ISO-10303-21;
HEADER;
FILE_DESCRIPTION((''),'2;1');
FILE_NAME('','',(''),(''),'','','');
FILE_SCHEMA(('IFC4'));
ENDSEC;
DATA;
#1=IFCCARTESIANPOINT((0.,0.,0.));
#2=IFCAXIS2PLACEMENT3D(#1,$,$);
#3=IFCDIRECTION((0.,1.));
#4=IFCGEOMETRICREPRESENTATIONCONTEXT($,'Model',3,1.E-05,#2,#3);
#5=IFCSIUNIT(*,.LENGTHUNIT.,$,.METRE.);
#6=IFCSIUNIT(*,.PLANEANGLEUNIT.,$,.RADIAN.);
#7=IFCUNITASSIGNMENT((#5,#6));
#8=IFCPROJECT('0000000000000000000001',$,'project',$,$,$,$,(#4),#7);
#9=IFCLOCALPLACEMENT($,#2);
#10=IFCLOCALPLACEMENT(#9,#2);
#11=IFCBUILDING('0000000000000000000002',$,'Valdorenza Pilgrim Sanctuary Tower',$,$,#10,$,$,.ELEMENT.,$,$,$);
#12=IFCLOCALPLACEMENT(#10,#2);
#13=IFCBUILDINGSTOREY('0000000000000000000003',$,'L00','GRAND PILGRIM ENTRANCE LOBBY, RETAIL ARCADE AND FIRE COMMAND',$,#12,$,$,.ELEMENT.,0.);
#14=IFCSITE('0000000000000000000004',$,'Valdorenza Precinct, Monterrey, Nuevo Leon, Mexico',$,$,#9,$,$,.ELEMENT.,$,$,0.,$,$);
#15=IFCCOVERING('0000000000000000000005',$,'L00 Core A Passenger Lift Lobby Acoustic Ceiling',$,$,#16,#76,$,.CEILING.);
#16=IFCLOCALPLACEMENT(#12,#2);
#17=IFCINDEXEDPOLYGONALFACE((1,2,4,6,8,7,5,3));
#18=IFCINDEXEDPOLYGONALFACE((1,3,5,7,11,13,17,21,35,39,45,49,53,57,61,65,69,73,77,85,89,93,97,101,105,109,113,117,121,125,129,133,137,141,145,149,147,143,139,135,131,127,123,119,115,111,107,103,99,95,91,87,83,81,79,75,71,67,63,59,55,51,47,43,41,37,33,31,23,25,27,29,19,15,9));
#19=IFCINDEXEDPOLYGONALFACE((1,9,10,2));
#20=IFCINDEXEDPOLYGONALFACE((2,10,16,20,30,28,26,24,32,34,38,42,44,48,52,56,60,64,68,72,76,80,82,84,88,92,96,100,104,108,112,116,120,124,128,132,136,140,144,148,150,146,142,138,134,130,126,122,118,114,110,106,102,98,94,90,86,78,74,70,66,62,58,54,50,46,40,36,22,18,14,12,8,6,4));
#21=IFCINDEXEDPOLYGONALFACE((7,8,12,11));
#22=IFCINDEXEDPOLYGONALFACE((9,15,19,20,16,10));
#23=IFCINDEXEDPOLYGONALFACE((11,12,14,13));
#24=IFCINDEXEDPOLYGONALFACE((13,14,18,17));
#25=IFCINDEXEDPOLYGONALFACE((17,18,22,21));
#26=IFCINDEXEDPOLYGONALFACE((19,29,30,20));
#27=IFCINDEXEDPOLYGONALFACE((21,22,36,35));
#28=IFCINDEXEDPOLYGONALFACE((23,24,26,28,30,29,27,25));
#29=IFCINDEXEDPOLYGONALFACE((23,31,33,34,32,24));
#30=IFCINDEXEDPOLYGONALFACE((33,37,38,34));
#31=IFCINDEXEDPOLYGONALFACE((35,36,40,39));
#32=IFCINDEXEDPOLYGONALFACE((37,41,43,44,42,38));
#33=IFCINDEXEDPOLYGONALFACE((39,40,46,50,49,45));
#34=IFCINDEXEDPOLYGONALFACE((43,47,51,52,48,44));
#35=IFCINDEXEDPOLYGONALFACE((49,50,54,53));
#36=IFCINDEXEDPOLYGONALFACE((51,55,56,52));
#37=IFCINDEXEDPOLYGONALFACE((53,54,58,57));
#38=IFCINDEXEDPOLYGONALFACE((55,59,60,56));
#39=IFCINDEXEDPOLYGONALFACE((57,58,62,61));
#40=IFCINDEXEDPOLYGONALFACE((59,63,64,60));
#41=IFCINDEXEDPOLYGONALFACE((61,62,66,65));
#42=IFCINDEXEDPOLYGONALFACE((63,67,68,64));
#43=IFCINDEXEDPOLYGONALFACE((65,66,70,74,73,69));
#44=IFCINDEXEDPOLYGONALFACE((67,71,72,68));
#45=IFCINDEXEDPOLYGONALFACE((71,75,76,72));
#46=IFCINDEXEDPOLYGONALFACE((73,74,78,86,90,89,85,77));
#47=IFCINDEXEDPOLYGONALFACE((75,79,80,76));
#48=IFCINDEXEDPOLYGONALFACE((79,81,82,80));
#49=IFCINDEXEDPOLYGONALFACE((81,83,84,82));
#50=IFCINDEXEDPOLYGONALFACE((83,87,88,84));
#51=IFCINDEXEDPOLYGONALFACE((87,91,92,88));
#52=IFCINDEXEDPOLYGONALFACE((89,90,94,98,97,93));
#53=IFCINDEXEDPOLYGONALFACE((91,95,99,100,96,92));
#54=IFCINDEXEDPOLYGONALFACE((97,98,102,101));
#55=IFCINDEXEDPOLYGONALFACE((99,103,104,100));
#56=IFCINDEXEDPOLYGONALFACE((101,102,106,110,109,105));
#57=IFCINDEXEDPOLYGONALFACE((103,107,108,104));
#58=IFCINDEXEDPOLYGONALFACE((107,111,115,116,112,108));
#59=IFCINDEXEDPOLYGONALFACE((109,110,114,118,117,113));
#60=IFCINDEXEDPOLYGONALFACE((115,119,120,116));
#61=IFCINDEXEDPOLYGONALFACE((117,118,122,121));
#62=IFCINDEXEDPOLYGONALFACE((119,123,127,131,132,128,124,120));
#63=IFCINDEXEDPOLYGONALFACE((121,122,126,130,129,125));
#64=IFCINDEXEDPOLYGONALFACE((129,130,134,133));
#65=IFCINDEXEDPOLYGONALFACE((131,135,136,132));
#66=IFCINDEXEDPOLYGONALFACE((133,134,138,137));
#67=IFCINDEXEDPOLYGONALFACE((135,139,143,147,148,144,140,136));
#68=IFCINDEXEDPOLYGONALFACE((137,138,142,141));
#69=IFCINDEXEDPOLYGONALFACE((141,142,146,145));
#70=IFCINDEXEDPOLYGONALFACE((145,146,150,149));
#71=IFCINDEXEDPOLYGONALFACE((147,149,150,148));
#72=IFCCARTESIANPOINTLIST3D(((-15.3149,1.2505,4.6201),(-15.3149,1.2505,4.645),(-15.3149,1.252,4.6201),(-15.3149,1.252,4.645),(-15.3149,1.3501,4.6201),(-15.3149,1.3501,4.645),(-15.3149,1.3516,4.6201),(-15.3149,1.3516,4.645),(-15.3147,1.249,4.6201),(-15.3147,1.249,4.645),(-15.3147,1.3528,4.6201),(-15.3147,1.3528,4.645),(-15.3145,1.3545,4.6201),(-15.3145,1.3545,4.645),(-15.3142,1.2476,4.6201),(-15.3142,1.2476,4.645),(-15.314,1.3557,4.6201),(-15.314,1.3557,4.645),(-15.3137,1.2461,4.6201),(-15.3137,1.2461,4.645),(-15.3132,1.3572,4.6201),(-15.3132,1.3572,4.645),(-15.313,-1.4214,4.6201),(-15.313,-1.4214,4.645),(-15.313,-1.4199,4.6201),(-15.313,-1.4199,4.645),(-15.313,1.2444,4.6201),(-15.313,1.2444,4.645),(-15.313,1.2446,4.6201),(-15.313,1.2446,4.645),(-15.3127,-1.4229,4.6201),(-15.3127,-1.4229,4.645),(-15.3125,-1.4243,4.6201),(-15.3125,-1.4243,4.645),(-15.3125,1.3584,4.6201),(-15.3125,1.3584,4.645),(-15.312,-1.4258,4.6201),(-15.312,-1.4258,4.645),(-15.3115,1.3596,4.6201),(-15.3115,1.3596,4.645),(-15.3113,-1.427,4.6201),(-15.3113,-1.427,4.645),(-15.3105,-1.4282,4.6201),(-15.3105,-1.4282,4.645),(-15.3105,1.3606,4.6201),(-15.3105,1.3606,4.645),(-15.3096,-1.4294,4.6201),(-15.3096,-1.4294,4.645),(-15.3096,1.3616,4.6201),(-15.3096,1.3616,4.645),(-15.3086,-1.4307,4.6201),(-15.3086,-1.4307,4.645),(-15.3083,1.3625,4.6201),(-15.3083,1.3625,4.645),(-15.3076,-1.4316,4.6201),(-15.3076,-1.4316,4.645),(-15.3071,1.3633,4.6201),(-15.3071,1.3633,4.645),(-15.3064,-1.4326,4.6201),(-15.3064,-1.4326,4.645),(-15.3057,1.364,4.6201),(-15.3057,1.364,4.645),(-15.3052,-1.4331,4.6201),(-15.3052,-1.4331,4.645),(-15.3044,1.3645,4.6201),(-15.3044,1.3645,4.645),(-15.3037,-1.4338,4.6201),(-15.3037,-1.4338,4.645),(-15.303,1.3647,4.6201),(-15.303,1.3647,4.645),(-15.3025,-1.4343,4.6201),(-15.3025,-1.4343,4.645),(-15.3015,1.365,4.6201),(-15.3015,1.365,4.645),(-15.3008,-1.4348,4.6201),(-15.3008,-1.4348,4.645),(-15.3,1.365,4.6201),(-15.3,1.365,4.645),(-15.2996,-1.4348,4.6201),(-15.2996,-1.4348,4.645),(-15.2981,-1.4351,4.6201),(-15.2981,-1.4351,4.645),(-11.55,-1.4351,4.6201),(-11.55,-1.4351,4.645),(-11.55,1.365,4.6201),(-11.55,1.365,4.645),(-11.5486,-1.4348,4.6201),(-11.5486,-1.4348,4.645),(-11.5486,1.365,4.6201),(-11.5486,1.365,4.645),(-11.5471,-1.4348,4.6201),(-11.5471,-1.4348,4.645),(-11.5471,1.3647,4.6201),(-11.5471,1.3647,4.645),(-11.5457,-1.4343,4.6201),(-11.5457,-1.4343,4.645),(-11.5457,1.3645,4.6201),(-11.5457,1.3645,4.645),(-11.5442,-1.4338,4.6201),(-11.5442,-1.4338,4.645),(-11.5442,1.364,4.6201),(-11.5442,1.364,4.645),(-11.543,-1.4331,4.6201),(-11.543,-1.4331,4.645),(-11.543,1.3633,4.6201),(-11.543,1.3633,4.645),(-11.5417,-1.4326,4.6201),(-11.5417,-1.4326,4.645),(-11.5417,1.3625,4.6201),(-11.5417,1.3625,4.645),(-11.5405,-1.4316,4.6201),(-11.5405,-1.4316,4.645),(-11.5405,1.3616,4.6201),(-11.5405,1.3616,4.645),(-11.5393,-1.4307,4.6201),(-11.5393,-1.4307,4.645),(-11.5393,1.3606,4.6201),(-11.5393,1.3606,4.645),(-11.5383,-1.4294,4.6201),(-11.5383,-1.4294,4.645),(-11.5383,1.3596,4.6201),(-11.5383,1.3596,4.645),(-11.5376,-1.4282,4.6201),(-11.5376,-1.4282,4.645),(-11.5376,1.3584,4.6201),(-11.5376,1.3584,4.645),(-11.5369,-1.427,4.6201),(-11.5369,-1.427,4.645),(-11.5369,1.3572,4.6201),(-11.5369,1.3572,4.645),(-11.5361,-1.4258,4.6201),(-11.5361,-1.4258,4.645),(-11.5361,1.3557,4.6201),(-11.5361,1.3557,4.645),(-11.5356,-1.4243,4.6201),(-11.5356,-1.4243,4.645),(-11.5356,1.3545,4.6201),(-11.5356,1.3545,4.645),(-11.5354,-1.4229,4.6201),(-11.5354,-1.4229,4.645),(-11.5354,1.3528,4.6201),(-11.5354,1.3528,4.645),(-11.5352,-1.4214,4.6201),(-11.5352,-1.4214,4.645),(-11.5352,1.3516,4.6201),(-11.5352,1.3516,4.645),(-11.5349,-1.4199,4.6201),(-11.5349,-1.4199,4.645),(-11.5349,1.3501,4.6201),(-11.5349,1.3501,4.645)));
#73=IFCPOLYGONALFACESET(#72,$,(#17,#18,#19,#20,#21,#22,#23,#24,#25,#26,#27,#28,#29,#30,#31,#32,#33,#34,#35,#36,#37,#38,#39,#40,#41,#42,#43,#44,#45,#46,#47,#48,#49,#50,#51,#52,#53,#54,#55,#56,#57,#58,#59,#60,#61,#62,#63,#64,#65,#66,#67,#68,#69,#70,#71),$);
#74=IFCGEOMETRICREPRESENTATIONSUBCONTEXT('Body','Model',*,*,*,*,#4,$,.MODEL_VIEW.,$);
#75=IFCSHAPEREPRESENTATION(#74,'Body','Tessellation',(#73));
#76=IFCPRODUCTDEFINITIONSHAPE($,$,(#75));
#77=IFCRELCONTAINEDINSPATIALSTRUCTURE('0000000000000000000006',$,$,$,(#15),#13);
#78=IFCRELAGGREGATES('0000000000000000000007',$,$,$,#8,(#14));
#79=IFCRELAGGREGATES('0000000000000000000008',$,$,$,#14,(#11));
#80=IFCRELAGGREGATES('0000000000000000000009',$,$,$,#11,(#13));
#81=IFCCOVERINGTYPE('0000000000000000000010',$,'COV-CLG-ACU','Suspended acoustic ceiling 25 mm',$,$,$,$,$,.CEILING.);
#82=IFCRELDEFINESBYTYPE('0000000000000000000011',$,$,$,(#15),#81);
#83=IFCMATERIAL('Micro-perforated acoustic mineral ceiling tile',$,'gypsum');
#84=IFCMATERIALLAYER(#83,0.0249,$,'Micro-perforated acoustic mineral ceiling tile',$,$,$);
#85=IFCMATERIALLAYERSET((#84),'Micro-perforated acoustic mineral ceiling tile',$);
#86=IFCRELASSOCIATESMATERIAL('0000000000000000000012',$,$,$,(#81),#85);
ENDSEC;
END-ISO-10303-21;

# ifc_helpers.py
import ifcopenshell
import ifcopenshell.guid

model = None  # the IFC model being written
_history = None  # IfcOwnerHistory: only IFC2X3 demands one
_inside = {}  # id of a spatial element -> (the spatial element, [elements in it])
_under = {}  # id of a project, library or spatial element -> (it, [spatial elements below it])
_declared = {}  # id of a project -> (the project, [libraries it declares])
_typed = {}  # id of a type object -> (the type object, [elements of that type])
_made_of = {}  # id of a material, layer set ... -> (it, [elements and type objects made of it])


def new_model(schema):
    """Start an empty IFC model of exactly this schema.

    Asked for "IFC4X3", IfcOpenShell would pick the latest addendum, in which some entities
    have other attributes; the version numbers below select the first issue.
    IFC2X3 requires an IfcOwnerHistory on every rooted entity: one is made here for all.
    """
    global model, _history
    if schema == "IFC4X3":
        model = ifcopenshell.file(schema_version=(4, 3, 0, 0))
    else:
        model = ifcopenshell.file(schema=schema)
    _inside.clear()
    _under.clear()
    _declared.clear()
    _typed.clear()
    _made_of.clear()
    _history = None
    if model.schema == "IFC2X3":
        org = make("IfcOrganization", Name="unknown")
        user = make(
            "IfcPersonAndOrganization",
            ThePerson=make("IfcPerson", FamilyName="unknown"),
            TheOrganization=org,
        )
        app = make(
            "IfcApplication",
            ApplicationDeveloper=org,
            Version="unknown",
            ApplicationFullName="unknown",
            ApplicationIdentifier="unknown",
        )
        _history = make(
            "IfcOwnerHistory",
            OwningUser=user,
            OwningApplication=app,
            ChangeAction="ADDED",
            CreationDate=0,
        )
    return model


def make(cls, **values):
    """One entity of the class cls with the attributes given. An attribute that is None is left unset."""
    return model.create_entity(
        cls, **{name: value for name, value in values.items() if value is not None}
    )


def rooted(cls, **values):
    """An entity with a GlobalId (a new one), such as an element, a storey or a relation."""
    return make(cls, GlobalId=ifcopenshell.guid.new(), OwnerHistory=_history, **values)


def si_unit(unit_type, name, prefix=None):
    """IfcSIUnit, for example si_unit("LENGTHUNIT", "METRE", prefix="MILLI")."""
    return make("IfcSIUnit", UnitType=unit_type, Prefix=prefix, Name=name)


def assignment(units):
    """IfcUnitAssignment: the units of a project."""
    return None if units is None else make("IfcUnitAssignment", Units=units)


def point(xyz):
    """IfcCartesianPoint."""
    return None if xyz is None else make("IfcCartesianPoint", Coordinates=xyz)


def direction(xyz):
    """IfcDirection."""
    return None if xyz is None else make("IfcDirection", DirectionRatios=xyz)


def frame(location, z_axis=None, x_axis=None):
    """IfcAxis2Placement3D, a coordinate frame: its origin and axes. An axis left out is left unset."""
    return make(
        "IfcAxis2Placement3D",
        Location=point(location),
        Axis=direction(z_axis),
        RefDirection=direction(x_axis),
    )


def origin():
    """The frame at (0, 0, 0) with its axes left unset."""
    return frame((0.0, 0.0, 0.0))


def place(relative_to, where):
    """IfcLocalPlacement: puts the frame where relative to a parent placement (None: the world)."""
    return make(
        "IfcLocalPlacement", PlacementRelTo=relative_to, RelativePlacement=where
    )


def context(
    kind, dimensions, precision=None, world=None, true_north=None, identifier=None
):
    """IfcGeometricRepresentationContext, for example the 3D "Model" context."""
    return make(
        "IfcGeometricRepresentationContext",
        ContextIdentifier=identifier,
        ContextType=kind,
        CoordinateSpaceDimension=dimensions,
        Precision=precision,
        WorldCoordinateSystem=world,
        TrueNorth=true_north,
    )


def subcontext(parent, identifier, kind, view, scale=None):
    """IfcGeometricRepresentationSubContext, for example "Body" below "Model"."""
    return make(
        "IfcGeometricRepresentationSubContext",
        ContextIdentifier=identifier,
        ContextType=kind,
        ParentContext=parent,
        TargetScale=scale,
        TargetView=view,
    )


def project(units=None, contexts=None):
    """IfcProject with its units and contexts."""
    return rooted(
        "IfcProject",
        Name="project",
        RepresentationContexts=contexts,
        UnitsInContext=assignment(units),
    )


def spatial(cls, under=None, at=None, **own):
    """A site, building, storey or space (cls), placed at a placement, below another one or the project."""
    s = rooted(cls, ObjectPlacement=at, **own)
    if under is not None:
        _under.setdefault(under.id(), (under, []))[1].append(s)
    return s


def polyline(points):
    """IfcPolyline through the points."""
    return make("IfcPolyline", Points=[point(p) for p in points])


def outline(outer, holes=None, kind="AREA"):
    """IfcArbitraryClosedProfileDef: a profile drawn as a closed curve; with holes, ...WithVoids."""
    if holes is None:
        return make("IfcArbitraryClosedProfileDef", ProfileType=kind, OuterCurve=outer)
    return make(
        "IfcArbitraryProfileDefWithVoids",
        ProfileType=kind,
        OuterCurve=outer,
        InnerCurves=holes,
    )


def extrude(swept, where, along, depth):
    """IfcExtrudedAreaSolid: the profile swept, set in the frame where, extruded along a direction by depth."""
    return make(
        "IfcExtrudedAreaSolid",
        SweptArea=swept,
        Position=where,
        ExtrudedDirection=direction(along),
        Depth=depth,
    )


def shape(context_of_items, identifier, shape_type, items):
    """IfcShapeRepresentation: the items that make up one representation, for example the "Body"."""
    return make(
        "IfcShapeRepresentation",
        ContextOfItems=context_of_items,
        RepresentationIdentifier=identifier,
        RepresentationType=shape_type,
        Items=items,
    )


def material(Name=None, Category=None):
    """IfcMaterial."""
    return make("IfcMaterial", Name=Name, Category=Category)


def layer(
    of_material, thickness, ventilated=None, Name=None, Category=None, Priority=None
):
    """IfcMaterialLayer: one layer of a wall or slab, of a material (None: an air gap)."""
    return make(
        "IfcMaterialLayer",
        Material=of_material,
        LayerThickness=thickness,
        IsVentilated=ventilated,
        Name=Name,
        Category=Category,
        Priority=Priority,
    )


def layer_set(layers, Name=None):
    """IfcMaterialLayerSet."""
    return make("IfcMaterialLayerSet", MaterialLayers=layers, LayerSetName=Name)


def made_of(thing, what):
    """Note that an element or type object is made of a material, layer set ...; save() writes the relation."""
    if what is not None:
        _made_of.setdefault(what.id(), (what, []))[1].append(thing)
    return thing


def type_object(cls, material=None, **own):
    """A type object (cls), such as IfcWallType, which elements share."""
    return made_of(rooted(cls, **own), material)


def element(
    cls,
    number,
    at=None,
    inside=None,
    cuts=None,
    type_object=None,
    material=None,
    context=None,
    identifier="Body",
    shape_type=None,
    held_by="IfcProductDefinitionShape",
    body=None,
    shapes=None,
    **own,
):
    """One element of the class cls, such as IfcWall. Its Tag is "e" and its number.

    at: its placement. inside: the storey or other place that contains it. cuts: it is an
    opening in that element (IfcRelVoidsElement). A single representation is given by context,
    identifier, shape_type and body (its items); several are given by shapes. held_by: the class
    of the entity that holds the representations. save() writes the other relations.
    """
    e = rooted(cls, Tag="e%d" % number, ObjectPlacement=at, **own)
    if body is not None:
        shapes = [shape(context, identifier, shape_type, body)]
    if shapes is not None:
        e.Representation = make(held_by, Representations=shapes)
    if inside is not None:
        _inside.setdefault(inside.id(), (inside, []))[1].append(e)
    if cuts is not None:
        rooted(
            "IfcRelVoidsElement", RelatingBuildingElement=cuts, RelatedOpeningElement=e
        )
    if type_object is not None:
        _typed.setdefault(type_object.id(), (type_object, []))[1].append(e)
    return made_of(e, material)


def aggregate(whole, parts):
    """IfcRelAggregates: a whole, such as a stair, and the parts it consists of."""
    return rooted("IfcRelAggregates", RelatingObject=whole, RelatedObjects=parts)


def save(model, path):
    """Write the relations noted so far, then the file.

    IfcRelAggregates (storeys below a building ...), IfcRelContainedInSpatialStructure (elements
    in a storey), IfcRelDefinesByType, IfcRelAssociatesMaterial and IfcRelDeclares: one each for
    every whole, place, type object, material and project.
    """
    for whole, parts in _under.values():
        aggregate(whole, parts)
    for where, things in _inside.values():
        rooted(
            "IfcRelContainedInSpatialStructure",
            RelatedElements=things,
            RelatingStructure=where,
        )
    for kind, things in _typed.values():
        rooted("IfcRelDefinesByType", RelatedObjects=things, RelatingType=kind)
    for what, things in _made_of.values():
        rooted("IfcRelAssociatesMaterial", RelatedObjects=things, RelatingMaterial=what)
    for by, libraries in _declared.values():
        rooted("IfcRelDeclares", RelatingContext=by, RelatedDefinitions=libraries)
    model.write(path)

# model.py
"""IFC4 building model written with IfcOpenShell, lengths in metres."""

from ifc_helpers import new_model, si_unit, direction, frame, origin, place, context, subcontext, project, spatial, polyline, outline, extrude, material, layer, layer_set, type_object, element, save


model = new_model("IFC4")

# Units and contexts
model_context = context("Model", 3, precision=1e-05, world=origin(), true_north=direction((0.0, 1.0)))
body_context = subcontext(model_context, "Body", "Model", "MODEL_VIEW")
ifc_project = project(units=[si_unit("LENGTHUNIT", "METRE"), si_unit("PLANEANGLEUNIT", "RADIAN")], contexts=[model_context])

# Site, building, storey
site_placement = place(None, origin())
site = spatial("IfcSite", under=ifc_project, at=site_placement, Name="Valdorenza Precinct, Monterrey, Nuevo Leon, Mexico", CompositionType="ELEMENT", RefElevation=0.0)
building_placement = place(site_placement, origin())
building = spatial("IfcBuilding", under=site, at=building_placement, Name="Valdorenza Pilgrim Sanctuary Tower", CompositionType="ELEMENT")
storey_placement = place(building_placement, origin())
storey = spatial("IfcBuildingStorey", under=building, at=storey_placement, Name="L00", Description="GRAND PILGRIM ENTRANCE LOBBY, RETAIL ARCADE AND FIRE COMMAND", CompositionType="ELEMENT", Elevation=0.0)

# Covering
ifc_material_1 = material(Name="Micro-perforated acoustic mineral ceiling tile", Category="gypsum")
ifc_layer_1 = layer(ifc_material_1, 0.0249, Name="Micro-perforated acoustic mineral ceiling tile")
ifc_layer_set_1 = layer_set([ifc_layer_1], Name="Micro-perforated acoustic mineral ceiling tile")
covering_type_1 = type_object("IfcCoveringType", Name="COV-CLG-ACU", Description="Suspended acoustic ceiling 25 mm", PredefinedType="CEILING", material=ifc_layer_set_1)
covering_1_placement = place(storey_placement, frame((0.0, 0.0, 4.6201)))
element("IfcCovering", 1, at=covering_1_placement, inside=storey, type_object=covering_type_1, Name="L00 Core A Passenger Lift Lobby Acoustic Ceiling", PredefinedType="CEILING", context=body_context, shape_type="SweptSolid", body=[
    extrude(outline(polyline([(-15.3149, 1.3501), (-15.3149, 1.3516), (-15.3147, 1.3528), (-15.3145, 1.3545), (-15.314, 1.3557), (-15.3132, 1.3572), (-15.3125, 1.3584), (-15.3115, 1.3596), (-15.3105, 1.3606), (-15.3096, 1.3616), (-15.3083, 1.3625), (-15.3071, 1.3633), (-15.3057, 1.364), (-15.3044, 1.3645), (-15.303, 1.3647), (-15.3015, 1.365), (-15.3, 1.365), (-11.55, 1.365), (-11.5486, 1.365), (-11.5471, 1.3647), (-11.5457, 1.3645), (-11.5442, 1.364), (-11.543, 1.3633), (-11.5417, 1.3625), (-11.5405, 1.3616), (-11.5393, 1.3606), (-11.5383, 1.3596), (-11.5376, 1.3584), (-11.5369, 1.3572), (-11.5361, 1.3557), (-11.5356, 1.3545), (-11.5354, 1.3528), (-11.5352, 1.3516), (-11.5349, 1.3501), (-11.5349, -1.4199), (-11.5352, -1.4214), (-11.5354, -1.4229), (-11.5356, -1.4243), (-11.5361, -1.4258), (-11.5369, -1.427), (-11.5376, -1.4282), (-11.5383, -1.4294), (-11.5393, -1.4307), (-11.5405, -1.4316), (-11.5417, -1.4326), (-11.543, -1.4331), (-11.5442, -1.4338), (-11.5457, -1.4343), (-11.5471, -1.4348), (-11.5486, -1.4348), (-11.55, -1.4351), (-15.2981, -1.4351), (-15.2996, -1.4348), (-15.3008, -1.4348), (-15.3025, -1.4343), (-15.3037, -1.4338), (-15.3052, -1.4331), (-15.3064, -1.4326), (-15.3076, -1.4316), (-15.3086, -1.4307), (-15.3096, -1.4294), (-15.3105, -1.4282), (-15.3113, -1.427), (-15.312, -1.4258), (-15.3125, -1.4243), (-15.3127, -1.4229), (-15.313, -1.4214), (-15.313, -1.4199), (-15.313, 1.2444), (-15.313, 1.2446), (-15.3137, 1.2461), (-15.3142, 1.2476), (-15.3147, 1.249), (-15.3149, 1.2505), (-15.3149, 1.252), (-15.3149, 1.3501)])), origin(), (0.0, 0.0, 1.0), 0.0249),
])

save(model, "model.ifc")
